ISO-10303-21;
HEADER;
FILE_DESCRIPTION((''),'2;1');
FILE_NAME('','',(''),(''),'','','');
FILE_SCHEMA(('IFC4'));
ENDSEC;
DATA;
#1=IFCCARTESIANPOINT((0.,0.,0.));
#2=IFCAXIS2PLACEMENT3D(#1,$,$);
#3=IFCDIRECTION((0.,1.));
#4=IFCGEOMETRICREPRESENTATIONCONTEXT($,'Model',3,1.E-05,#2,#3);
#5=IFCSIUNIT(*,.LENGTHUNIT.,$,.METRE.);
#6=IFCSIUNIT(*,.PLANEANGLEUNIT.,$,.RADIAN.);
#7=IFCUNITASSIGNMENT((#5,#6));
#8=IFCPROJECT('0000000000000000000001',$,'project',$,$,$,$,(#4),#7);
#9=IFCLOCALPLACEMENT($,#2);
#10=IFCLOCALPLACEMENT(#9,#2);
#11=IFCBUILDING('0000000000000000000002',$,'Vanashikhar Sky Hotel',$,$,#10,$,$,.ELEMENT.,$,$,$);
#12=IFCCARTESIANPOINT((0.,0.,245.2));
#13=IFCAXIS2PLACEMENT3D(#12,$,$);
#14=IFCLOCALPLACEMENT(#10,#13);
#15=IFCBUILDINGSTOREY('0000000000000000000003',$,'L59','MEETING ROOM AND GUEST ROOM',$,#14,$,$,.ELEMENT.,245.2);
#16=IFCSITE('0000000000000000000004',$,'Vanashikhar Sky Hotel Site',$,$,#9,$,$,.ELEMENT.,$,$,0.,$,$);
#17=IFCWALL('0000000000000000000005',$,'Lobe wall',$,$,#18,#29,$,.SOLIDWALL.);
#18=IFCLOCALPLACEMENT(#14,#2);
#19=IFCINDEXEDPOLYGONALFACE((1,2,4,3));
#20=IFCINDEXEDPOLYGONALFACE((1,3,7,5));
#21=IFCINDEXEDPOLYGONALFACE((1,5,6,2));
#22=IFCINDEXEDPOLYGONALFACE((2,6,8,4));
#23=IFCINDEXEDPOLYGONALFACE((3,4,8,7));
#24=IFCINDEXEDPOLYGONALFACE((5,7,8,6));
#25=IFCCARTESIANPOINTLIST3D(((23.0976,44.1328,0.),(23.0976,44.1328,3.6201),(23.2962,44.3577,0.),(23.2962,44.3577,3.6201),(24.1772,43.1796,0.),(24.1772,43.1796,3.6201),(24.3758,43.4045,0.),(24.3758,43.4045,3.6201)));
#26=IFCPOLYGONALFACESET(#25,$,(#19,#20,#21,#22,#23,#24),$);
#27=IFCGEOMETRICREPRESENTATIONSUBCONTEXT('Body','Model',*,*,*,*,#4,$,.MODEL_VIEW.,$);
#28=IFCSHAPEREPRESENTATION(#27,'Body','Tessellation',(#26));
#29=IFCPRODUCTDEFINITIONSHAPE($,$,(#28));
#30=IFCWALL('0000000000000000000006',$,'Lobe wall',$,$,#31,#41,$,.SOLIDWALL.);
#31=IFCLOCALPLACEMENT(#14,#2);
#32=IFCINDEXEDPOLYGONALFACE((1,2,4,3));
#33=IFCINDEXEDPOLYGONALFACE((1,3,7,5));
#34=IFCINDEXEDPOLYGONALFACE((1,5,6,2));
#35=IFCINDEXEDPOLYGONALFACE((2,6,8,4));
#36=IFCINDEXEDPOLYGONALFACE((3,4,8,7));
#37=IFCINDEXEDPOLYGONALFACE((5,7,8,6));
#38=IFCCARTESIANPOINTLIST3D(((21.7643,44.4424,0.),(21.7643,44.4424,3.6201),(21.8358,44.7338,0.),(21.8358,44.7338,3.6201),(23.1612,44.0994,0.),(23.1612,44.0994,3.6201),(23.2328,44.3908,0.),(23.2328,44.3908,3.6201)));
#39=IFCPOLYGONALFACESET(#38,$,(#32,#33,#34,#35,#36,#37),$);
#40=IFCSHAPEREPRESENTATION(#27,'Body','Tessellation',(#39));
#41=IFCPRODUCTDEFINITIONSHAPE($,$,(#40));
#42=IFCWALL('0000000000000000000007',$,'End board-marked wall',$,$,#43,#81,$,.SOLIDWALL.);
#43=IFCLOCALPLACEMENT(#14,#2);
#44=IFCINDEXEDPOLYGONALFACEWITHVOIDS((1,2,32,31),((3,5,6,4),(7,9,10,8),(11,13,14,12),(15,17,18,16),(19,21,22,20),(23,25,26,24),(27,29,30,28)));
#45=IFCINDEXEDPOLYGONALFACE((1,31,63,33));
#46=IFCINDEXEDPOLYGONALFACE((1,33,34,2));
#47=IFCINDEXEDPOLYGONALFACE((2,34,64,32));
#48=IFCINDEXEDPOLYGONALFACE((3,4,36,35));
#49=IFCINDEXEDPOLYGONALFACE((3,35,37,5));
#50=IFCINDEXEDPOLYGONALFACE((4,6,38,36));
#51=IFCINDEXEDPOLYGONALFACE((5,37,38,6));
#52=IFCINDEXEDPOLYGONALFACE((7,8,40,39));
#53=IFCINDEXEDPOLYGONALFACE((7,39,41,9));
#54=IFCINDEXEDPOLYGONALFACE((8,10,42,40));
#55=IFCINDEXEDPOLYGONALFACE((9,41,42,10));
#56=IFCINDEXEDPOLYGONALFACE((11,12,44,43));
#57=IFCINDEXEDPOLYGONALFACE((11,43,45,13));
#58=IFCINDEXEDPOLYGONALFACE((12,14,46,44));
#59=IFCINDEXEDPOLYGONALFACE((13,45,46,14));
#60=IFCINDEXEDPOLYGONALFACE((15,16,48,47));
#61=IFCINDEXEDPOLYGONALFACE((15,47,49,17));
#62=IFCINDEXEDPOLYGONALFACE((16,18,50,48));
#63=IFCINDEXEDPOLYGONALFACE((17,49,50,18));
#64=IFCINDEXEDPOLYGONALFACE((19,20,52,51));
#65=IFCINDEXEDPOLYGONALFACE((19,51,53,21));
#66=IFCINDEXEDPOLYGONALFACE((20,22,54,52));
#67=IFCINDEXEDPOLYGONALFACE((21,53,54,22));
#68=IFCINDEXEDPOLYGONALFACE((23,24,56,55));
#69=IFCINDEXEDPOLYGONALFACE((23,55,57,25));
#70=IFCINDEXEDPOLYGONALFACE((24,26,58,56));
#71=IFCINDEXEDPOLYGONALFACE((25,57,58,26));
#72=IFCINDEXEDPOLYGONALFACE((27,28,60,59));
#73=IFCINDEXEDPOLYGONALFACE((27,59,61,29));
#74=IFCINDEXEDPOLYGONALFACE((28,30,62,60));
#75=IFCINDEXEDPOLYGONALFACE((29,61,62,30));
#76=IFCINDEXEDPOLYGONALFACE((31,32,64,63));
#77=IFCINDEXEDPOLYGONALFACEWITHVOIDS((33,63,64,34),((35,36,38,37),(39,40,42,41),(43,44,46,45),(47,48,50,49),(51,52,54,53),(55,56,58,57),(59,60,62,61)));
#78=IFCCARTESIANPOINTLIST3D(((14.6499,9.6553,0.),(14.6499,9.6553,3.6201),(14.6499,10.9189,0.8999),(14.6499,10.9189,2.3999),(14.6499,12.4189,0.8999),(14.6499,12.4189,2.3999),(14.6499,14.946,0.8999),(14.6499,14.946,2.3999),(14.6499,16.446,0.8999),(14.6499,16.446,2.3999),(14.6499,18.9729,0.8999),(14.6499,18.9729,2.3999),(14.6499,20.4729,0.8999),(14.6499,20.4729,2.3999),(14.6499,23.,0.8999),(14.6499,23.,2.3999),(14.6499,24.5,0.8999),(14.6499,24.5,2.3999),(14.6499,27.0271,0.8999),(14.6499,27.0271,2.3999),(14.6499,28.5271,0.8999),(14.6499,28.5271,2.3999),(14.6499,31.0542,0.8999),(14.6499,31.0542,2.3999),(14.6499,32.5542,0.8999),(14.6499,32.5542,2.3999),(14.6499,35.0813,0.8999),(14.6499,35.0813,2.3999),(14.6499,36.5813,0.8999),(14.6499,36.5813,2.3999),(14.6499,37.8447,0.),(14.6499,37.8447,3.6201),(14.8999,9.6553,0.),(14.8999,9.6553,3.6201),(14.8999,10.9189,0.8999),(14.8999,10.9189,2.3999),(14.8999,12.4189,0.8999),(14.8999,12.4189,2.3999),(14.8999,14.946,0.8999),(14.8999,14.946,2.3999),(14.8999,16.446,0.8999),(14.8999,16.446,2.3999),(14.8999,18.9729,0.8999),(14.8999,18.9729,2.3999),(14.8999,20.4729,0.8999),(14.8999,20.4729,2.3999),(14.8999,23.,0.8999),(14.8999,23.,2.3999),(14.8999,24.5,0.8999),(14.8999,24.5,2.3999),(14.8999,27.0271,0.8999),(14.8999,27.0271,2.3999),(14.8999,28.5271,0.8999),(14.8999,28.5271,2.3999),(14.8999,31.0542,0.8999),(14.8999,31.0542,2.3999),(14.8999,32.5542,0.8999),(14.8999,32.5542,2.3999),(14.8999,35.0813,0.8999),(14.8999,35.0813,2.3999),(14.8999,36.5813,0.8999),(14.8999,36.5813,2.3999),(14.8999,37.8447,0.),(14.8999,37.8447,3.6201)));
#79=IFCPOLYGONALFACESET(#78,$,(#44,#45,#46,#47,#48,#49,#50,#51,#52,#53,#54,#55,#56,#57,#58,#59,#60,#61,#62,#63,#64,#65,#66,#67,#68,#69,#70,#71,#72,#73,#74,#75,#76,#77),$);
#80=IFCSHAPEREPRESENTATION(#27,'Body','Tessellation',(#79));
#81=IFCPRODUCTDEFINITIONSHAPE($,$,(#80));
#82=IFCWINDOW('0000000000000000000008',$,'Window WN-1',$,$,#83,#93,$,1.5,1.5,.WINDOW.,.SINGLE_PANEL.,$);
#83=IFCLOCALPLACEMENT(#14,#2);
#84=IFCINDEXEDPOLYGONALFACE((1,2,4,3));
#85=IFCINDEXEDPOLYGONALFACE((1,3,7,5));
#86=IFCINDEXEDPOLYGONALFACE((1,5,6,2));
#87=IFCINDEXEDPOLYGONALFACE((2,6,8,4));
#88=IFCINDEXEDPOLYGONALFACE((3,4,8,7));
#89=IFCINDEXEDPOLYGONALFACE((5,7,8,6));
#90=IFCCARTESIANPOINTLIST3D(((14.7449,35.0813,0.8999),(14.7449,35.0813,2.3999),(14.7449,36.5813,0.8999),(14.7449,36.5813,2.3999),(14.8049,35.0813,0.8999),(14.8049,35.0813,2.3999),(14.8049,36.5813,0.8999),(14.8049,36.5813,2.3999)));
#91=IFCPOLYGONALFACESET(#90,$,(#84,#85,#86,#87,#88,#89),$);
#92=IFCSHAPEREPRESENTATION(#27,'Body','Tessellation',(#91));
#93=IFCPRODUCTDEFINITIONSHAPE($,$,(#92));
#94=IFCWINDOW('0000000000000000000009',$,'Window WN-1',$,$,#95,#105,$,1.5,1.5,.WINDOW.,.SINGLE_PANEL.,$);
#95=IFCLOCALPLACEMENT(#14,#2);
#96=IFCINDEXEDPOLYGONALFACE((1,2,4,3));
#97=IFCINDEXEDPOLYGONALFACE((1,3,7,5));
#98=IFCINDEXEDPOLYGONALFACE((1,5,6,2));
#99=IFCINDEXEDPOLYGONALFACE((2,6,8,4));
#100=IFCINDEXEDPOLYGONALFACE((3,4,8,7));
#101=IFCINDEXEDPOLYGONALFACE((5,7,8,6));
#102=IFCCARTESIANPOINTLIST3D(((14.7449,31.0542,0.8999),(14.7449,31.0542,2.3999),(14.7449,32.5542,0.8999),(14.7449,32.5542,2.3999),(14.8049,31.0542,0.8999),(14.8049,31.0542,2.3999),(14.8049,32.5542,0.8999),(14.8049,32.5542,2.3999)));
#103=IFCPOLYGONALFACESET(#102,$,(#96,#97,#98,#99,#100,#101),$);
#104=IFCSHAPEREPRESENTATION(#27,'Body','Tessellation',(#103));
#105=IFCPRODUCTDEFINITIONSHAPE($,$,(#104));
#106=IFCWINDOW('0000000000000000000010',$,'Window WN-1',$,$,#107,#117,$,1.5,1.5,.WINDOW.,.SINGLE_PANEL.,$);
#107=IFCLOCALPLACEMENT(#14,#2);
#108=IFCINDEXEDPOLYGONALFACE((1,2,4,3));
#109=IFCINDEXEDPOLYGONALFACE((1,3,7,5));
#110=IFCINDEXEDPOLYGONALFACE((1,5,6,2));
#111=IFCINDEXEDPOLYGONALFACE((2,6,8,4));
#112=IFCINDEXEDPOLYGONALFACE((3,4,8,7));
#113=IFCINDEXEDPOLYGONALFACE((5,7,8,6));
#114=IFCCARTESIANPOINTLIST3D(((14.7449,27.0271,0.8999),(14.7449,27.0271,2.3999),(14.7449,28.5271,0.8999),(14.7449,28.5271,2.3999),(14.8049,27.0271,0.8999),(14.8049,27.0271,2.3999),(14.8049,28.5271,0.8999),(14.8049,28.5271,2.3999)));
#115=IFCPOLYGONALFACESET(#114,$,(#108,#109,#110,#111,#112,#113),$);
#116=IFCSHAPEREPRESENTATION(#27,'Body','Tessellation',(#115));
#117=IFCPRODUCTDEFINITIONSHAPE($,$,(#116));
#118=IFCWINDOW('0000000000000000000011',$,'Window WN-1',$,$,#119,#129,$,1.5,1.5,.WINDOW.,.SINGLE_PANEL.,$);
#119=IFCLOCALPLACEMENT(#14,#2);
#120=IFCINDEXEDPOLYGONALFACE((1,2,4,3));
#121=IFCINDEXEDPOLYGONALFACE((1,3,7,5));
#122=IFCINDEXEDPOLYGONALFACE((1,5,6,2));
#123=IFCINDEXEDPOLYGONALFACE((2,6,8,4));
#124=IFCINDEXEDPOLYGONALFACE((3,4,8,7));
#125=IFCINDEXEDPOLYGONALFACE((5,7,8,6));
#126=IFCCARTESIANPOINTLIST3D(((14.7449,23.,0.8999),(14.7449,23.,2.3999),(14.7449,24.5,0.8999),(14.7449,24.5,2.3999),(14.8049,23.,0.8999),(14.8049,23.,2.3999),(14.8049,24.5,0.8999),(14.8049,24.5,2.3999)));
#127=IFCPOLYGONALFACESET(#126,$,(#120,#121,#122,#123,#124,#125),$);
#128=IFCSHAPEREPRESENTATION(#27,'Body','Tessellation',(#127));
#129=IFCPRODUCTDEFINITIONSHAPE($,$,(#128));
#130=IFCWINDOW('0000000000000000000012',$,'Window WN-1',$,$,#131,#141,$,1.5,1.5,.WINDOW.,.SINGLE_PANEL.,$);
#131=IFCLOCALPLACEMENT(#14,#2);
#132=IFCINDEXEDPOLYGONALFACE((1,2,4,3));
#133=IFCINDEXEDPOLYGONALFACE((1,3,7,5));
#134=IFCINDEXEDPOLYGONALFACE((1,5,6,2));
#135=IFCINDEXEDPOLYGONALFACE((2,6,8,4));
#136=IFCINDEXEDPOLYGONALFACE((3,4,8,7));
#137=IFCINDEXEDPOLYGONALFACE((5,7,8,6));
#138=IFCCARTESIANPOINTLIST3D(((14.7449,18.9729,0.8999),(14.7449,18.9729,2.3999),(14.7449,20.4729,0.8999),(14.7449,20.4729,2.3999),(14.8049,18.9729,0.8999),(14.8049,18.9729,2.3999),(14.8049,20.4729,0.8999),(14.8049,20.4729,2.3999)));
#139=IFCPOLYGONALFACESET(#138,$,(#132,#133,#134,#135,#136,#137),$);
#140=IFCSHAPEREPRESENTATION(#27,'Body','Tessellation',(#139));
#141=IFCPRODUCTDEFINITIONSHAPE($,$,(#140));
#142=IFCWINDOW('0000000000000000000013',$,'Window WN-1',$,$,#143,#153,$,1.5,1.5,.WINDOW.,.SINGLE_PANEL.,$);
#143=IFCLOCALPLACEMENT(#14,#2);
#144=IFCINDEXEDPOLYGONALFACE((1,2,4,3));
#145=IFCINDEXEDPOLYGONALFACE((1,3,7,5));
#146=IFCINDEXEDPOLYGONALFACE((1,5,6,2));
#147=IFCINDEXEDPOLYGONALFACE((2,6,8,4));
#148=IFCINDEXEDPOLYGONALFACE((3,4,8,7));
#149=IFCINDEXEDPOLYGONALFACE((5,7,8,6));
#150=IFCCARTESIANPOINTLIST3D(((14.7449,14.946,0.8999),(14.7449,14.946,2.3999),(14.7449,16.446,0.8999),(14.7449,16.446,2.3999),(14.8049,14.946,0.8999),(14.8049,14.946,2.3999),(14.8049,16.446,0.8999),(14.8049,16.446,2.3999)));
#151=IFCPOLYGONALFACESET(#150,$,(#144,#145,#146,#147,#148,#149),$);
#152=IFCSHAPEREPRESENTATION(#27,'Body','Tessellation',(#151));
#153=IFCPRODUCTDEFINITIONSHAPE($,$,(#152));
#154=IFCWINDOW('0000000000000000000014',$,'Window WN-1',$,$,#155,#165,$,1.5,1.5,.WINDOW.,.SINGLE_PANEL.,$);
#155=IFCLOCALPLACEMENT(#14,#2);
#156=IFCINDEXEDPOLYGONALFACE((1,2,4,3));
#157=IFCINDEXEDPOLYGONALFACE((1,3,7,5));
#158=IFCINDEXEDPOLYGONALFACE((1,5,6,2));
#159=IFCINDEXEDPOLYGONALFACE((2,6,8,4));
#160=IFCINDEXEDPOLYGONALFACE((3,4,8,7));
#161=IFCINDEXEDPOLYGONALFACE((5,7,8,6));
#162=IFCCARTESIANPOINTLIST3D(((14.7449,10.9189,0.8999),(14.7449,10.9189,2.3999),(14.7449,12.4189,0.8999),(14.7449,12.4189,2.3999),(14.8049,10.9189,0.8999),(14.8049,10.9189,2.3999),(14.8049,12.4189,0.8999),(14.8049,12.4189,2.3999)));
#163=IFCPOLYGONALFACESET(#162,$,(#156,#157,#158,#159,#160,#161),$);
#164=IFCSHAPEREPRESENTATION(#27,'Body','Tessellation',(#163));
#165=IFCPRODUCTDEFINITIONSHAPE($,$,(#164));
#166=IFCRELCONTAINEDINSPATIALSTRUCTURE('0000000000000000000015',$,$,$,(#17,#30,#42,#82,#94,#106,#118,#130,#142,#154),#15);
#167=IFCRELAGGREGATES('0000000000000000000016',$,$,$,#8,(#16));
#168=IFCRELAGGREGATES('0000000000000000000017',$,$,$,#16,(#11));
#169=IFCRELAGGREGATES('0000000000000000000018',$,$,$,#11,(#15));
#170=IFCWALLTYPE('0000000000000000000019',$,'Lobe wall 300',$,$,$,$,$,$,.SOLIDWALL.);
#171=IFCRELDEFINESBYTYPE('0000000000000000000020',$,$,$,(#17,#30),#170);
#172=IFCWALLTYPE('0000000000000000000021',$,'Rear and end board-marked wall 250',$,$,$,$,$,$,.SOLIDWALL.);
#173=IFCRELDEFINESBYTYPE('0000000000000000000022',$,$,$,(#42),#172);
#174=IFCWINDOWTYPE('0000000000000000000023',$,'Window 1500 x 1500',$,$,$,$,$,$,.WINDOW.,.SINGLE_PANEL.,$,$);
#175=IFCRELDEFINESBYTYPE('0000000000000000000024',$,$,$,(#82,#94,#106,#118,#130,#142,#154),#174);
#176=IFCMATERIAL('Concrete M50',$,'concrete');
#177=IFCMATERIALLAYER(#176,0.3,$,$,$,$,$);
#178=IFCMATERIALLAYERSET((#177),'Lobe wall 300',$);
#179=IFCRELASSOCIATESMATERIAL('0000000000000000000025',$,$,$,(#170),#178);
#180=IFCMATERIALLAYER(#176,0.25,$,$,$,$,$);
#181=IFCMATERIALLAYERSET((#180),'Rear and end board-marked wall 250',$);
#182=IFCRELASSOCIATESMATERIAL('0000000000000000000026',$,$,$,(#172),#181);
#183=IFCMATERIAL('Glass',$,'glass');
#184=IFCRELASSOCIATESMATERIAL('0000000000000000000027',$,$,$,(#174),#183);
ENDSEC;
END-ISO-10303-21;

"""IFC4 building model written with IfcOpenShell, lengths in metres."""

from ifc_helpers import new_model, si_unit, direction, frame, frame_2d, origin, place, context, subcontext, project, spatial, rectangle, extrude, source, transform, mapped, material, layer, layer_set, type_object, element, fill, save


model = new_model("IFC4")

# Units and contexts
model_context = context("Model", 3, precision=1e-05, world=origin(), true_north=direction((0.0, 1.0)))
body_context = subcontext(model_context, "Body", "Model", "MODEL_VIEW")
ifc_project = project(units=[si_unit("LENGTHUNIT", "METRE"), si_unit("PLANEANGLEUNIT", "RADIAN")], contexts=[model_context])

# Site, building, storey
site_placement = place(None, origin())
site = spatial("IfcSite", under=ifc_project, at=site_placement, Name="Vanashikhar Sky Hotel Site", CompositionType="ELEMENT", RefElevation=0.0)
building_placement = place(site_placement, origin())
building = spatial("IfcBuilding", under=site, at=building_placement, Name="Vanashikhar Sky Hotel", CompositionType="ELEMENT")
storey_placement = place(building_placement, frame((0.0, 0.0, 245.2)))
storey = spatial("IfcBuildingStorey", under=building, at=storey_placement, Name="L59", Description="MEETING ROOM AND GUEST ROOM", CompositionType="ELEMENT", Elevation=245.2)

# Shared definitions
ifc_material_1 = material(Name="Concrete M50", Category="concrete")
ifc_layer_1 = layer(ifc_material_1, 0.3)
ifc_layer_set_1 = layer_set([ifc_layer_1], Name="Lobe wall 300")
wall_type_1 = type_object("IfcWallType", Name="Lobe wall 300", PredefinedType="SOLIDWALL", material=ifc_layer_set_1)
ifc_material_2 = material(Name="Glass", Category="glass")

# Walls
shared_shape_1 = source(origin(), body_context, "Body", "SweptSolid", [
    extrude(rectangle(XDim=1.4402, YDim=0.3, at=frame_2d((0.7202, 0.0))), origin(), (0.0, 0.0, 1.0), 3.6201),
])
wall_1_placement = place(storey_placement, frame((24.2766, 43.292, 0.0), z_axis=(0.0, 0.0, 1.0), x_axis=(-0.74965, 0.661835, 0.0)))
element("IfcWall", 1, at=wall_1_placement, inside=storey, type_object=wall_type_1, Name="Lobe wall", PredefinedType="SOLIDWALL", context=body_context, shape_type="MappedRepresentation", body=[
    mapped(shared_shape_1, transform((0.0, 0.0, 0.0), scale=1.0)),
])
shared_shape_2 = source(origin(), body_context, "Body", "SweptSolid", [
    extrude(rectangle(XDim=1.4385, YDim=0.3, at=frame_2d((0.7192, 0.0))), origin(), (0.0, 0.0, 1.0), 3.6201),
])
wall_2_placement = place(storey_placement, frame((23.197, 44.2451, 0.0), z_axis=(0.0, 0.0, 1.0), x_axis=(-0.971152, 0.23846, 0.0)))
element("IfcWall", 2, at=wall_2_placement, inside=storey, type_object=wall_type_1, Name="Lobe wall", PredefinedType="SOLIDWALL", context=body_context, shape_type="MappedRepresentation", body=[
    mapped(shared_shape_2, transform((0.0, 0.0, 0.0), scale=1.0)),
])

# Wall, openings, windows
ifc_layer_2 = layer(ifc_material_1, 0.25)
ifc_layer_set_2 = layer_set([ifc_layer_2], Name="Rear and end board-marked wall 250")
wall_type_2 = type_object("IfcWallType", Name="Rear and end board-marked wall 250", PredefinedType="SOLIDWALL", material=ifc_layer_set_2)
shared_shape_3 = source(origin(), body_context, "Body", "SweptSolid", [
    extrude(rectangle(XDim=28.1895, YDim=0.25, at=frame_2d((14.0947, 0.0))), origin(), (0.0, 0.0, 1.0), 3.6201),
])
wall_3_placement = place(storey_placement, frame((14.7749, 37.8447, 0.0), z_axis=(0.0, 0.0, 1.0), x_axis=(0.0, -1.0, 0.0)))
wall_3 = element("IfcWall", 3, at=wall_3_placement, inside=storey, type_object=wall_type_2, Name="End board-marked wall", PredefinedType="SOLIDWALL", context=body_context, shape_type="MappedRepresentation", body=[
    mapped(shared_shape_3, transform((0.0, 0.0, 0.0), scale=1.0)),
])
shared_shape_4 = source(origin(), body_context, "Body", "SweptSolid", [
    extrude(rectangle(XDim=1.5, YDim=1.5, at=frame_2d((0.75, 0.75))), frame((0.0, 0.135, 0.0), z_axis=(0.0, -1.0, 0.0), x_axis=(1.0, 0.0, 0.0)), (0.0, 0.0, 1.0), 0.27),
])
opening_1_placement = place(wall_3_placement, frame((1.2634, 0.0, 0.8999)))
opening_1 = element("IfcOpeningElement", 4, at=opening_1_placement, cuts=wall_3, PredefinedType="OPENING", context=body_context, shape_type="MappedRepresentation", body=[
    mapped(shared_shape_4, transform((0.0, 0.0, 0.0), scale=1.0)),
])
opening_2_placement = place(wall_3_placement, frame((5.2905, 0.0, 0.8999)))
opening_2 = element("IfcOpeningElement", 5, at=opening_2_placement, cuts=wall_3, PredefinedType="OPENING", context=body_context, shape_type="MappedRepresentation", body=[
    mapped(shared_shape_4, transform((0.0, 0.0, 0.0), scale=1.0)),
])
opening_3_placement = place(wall_3_placement, frame((9.3176, 0.0, 0.8999)))
opening_3 = element("IfcOpeningElement", 6, at=opening_3_placement, cuts=wall_3, PredefinedType="OPENING", context=body_context, shape_type="MappedRepresentation", body=[
    mapped(shared_shape_4, transform((0.0, 0.0, 0.0), scale=1.0)),
])
opening_4_placement = place(wall_3_placement, frame((13.3447, 0.0, 0.8999)))
opening_4 = element("IfcOpeningElement", 7, at=opening_4_placement, cuts=wall_3, PredefinedType="OPENING", context=body_context, shape_type="MappedRepresentation", body=[
    mapped(shared_shape_4, transform((0.0, 0.0, 0.0), scale=1.0)),
])
opening_5_placement = place(wall_3_placement, frame((17.3718, 0.0, 0.8999)))
opening_5 = element("IfcOpeningElement", 8, at=opening_5_placement, cuts=wall_3, PredefinedType="OPENING", context=body_context, shape_type="MappedRepresentation", body=[
    mapped(shared_shape_4, transform((0.0, 0.0, 0.0), scale=1.0)),
])
opening_6_placement = place(wall_3_placement, frame((21.3987, 0.0, 0.8999)))
opening_6 = element("IfcOpeningElement", 9, at=opening_6_placement, cuts=wall_3, PredefinedType="OPENING", context=body_context, shape_type="MappedRepresentation", body=[
    mapped(shared_shape_4, transform((0.0, 0.0, 0.0), scale=1.0)),
])
opening_7_placement = place(wall_3_placement, frame((25.4258, 0.0, 0.8999)))
opening_7 = element("IfcOpeningElement", 10, at=opening_7_placement, cuts=wall_3, PredefinedType="OPENING", context=body_context, shape_type="MappedRepresentation", body=[
    mapped(shared_shape_4, transform((0.0, 0.0, 0.0), scale=1.0)),
])
window_type_1 = type_object("IfcWindowType", Name="Window 1500 x 1500", PartitioningType="SINGLE_PANEL", PredefinedType="WINDOW", material=ifc_material_2)
shared_shape_5 = source(origin(), body_context, "Body", "SweptSolid", [
    extrude(rectangle(XDim=1.5, YDim=1.5, at=frame_2d((0.75, 0.75))), frame((0.0, 0.03, 0.0), z_axis=(0.0, -1.0, 0.0), x_axis=(1.0, 0.0, 0.0)), (0.0, 0.0, 1.0), 0.0601),
])
window_1_placement = place(opening_1_placement, origin())
window_1 = element("IfcWindow", 11, at=window_1_placement, inside=storey, type_object=window_type_1, Name="Window WN-1", OverallHeight=1.5, OverallWidth=1.5, PartitioningType="SINGLE_PANEL", PredefinedType="WINDOW", context=body_context, shape_type="MappedRepresentation", body=[
    mapped(shared_shape_5, transform((0.0, 0.0, 0.0), scale=1.0)),
])
fill(opening_1, window_1)
window_2_placement = place(opening_2_placement, origin())
window_2 = element("IfcWindow", 12, at=window_2_placement, inside=storey, type_object=window_type_1, Name="Window WN-1", OverallHeight=1.5, OverallWidth=1.5, PartitioningType="SINGLE_PANEL", PredefinedType="WINDOW", context=body_context, shape_type="MappedRepresentation", body=[
    mapped(shared_shape_5, transform((0.0, 0.0, 0.0), scale=1.0)),
])
fill(opening_2, window_2)
window_3_placement = place(opening_3_placement, origin())
window_3 = element("IfcWindow", 13, at=window_3_placement, inside=storey, type_object=window_type_1, Name="Window WN-1", OverallHeight=1.5, OverallWidth=1.5, PartitioningType="SINGLE_PANEL", PredefinedType="WINDOW", context=body_context, shape_type="MappedRepresentation", body=[
    mapped(shared_shape_5, transform((0.0, 0.0, 0.0), scale=1.0)),
])
fill(opening_3, window_3)
window_4_placement = place(opening_4_placement, origin())
window_4 = element("IfcWindow", 14, at=window_4_placement, inside=storey, type_object=window_type_1, Name="Window WN-1", OverallHeight=1.5, OverallWidth=1.5, PartitioningType="SINGLE_PANEL", PredefinedType="WINDOW", context=body_context, shape_type="MappedRepresentation", body=[
    mapped(shared_shape_5, transform((0.0, 0.0, 0.0), scale=1.0)),
])
fill(opening_4, window_4)
window_5_placement = place(opening_5_placement, origin())
window_5 = element("IfcWindow", 15, at=window_5_placement, inside=storey, type_object=window_type_1, Name="Window WN-1", OverallHeight=1.5, OverallWidth=1.5, PartitioningType="SINGLE_PANEL", PredefinedType="WINDOW", context=body_context, shape_type="MappedRepresentation", body=[
    mapped(shared_shape_5, transform((0.0, 0.0, 0.0), scale=1.0)),
])
fill(opening_5, window_5)
window_6_placement = place(opening_6_placement, origin())
window_6 = element("IfcWindow", 16, at=window_6_placement, inside=storey, type_object=window_type_1, Name="Window WN-1", OverallHeight=1.5, OverallWidth=1.5, PartitioningType="SINGLE_PANEL", PredefinedType="WINDOW", context=body_context, shape_type="MappedRepresentation", body=[
    mapped(shared_shape_5, transform((0.0, 0.0, 0.0), scale=1.0)),
])
fill(opening_6, window_6)
window_7_placement = place(opening_7_placement, origin())
window_7 = element("IfcWindow", 17, at=window_7_placement, inside=storey, type_object=window_type_1, Name="Window WN-1", OverallHeight=1.5, OverallWidth=1.5, PartitioningType="SINGLE_PANEL", PredefinedType="WINDOW", context=body_context, shape_type="MappedRepresentation", body=[
    mapped(shared_shape_5, transform((0.0, 0.0, 0.0), scale=1.0)),
])
fill(opening_7, window_7)

save(model, "model.ifc")
